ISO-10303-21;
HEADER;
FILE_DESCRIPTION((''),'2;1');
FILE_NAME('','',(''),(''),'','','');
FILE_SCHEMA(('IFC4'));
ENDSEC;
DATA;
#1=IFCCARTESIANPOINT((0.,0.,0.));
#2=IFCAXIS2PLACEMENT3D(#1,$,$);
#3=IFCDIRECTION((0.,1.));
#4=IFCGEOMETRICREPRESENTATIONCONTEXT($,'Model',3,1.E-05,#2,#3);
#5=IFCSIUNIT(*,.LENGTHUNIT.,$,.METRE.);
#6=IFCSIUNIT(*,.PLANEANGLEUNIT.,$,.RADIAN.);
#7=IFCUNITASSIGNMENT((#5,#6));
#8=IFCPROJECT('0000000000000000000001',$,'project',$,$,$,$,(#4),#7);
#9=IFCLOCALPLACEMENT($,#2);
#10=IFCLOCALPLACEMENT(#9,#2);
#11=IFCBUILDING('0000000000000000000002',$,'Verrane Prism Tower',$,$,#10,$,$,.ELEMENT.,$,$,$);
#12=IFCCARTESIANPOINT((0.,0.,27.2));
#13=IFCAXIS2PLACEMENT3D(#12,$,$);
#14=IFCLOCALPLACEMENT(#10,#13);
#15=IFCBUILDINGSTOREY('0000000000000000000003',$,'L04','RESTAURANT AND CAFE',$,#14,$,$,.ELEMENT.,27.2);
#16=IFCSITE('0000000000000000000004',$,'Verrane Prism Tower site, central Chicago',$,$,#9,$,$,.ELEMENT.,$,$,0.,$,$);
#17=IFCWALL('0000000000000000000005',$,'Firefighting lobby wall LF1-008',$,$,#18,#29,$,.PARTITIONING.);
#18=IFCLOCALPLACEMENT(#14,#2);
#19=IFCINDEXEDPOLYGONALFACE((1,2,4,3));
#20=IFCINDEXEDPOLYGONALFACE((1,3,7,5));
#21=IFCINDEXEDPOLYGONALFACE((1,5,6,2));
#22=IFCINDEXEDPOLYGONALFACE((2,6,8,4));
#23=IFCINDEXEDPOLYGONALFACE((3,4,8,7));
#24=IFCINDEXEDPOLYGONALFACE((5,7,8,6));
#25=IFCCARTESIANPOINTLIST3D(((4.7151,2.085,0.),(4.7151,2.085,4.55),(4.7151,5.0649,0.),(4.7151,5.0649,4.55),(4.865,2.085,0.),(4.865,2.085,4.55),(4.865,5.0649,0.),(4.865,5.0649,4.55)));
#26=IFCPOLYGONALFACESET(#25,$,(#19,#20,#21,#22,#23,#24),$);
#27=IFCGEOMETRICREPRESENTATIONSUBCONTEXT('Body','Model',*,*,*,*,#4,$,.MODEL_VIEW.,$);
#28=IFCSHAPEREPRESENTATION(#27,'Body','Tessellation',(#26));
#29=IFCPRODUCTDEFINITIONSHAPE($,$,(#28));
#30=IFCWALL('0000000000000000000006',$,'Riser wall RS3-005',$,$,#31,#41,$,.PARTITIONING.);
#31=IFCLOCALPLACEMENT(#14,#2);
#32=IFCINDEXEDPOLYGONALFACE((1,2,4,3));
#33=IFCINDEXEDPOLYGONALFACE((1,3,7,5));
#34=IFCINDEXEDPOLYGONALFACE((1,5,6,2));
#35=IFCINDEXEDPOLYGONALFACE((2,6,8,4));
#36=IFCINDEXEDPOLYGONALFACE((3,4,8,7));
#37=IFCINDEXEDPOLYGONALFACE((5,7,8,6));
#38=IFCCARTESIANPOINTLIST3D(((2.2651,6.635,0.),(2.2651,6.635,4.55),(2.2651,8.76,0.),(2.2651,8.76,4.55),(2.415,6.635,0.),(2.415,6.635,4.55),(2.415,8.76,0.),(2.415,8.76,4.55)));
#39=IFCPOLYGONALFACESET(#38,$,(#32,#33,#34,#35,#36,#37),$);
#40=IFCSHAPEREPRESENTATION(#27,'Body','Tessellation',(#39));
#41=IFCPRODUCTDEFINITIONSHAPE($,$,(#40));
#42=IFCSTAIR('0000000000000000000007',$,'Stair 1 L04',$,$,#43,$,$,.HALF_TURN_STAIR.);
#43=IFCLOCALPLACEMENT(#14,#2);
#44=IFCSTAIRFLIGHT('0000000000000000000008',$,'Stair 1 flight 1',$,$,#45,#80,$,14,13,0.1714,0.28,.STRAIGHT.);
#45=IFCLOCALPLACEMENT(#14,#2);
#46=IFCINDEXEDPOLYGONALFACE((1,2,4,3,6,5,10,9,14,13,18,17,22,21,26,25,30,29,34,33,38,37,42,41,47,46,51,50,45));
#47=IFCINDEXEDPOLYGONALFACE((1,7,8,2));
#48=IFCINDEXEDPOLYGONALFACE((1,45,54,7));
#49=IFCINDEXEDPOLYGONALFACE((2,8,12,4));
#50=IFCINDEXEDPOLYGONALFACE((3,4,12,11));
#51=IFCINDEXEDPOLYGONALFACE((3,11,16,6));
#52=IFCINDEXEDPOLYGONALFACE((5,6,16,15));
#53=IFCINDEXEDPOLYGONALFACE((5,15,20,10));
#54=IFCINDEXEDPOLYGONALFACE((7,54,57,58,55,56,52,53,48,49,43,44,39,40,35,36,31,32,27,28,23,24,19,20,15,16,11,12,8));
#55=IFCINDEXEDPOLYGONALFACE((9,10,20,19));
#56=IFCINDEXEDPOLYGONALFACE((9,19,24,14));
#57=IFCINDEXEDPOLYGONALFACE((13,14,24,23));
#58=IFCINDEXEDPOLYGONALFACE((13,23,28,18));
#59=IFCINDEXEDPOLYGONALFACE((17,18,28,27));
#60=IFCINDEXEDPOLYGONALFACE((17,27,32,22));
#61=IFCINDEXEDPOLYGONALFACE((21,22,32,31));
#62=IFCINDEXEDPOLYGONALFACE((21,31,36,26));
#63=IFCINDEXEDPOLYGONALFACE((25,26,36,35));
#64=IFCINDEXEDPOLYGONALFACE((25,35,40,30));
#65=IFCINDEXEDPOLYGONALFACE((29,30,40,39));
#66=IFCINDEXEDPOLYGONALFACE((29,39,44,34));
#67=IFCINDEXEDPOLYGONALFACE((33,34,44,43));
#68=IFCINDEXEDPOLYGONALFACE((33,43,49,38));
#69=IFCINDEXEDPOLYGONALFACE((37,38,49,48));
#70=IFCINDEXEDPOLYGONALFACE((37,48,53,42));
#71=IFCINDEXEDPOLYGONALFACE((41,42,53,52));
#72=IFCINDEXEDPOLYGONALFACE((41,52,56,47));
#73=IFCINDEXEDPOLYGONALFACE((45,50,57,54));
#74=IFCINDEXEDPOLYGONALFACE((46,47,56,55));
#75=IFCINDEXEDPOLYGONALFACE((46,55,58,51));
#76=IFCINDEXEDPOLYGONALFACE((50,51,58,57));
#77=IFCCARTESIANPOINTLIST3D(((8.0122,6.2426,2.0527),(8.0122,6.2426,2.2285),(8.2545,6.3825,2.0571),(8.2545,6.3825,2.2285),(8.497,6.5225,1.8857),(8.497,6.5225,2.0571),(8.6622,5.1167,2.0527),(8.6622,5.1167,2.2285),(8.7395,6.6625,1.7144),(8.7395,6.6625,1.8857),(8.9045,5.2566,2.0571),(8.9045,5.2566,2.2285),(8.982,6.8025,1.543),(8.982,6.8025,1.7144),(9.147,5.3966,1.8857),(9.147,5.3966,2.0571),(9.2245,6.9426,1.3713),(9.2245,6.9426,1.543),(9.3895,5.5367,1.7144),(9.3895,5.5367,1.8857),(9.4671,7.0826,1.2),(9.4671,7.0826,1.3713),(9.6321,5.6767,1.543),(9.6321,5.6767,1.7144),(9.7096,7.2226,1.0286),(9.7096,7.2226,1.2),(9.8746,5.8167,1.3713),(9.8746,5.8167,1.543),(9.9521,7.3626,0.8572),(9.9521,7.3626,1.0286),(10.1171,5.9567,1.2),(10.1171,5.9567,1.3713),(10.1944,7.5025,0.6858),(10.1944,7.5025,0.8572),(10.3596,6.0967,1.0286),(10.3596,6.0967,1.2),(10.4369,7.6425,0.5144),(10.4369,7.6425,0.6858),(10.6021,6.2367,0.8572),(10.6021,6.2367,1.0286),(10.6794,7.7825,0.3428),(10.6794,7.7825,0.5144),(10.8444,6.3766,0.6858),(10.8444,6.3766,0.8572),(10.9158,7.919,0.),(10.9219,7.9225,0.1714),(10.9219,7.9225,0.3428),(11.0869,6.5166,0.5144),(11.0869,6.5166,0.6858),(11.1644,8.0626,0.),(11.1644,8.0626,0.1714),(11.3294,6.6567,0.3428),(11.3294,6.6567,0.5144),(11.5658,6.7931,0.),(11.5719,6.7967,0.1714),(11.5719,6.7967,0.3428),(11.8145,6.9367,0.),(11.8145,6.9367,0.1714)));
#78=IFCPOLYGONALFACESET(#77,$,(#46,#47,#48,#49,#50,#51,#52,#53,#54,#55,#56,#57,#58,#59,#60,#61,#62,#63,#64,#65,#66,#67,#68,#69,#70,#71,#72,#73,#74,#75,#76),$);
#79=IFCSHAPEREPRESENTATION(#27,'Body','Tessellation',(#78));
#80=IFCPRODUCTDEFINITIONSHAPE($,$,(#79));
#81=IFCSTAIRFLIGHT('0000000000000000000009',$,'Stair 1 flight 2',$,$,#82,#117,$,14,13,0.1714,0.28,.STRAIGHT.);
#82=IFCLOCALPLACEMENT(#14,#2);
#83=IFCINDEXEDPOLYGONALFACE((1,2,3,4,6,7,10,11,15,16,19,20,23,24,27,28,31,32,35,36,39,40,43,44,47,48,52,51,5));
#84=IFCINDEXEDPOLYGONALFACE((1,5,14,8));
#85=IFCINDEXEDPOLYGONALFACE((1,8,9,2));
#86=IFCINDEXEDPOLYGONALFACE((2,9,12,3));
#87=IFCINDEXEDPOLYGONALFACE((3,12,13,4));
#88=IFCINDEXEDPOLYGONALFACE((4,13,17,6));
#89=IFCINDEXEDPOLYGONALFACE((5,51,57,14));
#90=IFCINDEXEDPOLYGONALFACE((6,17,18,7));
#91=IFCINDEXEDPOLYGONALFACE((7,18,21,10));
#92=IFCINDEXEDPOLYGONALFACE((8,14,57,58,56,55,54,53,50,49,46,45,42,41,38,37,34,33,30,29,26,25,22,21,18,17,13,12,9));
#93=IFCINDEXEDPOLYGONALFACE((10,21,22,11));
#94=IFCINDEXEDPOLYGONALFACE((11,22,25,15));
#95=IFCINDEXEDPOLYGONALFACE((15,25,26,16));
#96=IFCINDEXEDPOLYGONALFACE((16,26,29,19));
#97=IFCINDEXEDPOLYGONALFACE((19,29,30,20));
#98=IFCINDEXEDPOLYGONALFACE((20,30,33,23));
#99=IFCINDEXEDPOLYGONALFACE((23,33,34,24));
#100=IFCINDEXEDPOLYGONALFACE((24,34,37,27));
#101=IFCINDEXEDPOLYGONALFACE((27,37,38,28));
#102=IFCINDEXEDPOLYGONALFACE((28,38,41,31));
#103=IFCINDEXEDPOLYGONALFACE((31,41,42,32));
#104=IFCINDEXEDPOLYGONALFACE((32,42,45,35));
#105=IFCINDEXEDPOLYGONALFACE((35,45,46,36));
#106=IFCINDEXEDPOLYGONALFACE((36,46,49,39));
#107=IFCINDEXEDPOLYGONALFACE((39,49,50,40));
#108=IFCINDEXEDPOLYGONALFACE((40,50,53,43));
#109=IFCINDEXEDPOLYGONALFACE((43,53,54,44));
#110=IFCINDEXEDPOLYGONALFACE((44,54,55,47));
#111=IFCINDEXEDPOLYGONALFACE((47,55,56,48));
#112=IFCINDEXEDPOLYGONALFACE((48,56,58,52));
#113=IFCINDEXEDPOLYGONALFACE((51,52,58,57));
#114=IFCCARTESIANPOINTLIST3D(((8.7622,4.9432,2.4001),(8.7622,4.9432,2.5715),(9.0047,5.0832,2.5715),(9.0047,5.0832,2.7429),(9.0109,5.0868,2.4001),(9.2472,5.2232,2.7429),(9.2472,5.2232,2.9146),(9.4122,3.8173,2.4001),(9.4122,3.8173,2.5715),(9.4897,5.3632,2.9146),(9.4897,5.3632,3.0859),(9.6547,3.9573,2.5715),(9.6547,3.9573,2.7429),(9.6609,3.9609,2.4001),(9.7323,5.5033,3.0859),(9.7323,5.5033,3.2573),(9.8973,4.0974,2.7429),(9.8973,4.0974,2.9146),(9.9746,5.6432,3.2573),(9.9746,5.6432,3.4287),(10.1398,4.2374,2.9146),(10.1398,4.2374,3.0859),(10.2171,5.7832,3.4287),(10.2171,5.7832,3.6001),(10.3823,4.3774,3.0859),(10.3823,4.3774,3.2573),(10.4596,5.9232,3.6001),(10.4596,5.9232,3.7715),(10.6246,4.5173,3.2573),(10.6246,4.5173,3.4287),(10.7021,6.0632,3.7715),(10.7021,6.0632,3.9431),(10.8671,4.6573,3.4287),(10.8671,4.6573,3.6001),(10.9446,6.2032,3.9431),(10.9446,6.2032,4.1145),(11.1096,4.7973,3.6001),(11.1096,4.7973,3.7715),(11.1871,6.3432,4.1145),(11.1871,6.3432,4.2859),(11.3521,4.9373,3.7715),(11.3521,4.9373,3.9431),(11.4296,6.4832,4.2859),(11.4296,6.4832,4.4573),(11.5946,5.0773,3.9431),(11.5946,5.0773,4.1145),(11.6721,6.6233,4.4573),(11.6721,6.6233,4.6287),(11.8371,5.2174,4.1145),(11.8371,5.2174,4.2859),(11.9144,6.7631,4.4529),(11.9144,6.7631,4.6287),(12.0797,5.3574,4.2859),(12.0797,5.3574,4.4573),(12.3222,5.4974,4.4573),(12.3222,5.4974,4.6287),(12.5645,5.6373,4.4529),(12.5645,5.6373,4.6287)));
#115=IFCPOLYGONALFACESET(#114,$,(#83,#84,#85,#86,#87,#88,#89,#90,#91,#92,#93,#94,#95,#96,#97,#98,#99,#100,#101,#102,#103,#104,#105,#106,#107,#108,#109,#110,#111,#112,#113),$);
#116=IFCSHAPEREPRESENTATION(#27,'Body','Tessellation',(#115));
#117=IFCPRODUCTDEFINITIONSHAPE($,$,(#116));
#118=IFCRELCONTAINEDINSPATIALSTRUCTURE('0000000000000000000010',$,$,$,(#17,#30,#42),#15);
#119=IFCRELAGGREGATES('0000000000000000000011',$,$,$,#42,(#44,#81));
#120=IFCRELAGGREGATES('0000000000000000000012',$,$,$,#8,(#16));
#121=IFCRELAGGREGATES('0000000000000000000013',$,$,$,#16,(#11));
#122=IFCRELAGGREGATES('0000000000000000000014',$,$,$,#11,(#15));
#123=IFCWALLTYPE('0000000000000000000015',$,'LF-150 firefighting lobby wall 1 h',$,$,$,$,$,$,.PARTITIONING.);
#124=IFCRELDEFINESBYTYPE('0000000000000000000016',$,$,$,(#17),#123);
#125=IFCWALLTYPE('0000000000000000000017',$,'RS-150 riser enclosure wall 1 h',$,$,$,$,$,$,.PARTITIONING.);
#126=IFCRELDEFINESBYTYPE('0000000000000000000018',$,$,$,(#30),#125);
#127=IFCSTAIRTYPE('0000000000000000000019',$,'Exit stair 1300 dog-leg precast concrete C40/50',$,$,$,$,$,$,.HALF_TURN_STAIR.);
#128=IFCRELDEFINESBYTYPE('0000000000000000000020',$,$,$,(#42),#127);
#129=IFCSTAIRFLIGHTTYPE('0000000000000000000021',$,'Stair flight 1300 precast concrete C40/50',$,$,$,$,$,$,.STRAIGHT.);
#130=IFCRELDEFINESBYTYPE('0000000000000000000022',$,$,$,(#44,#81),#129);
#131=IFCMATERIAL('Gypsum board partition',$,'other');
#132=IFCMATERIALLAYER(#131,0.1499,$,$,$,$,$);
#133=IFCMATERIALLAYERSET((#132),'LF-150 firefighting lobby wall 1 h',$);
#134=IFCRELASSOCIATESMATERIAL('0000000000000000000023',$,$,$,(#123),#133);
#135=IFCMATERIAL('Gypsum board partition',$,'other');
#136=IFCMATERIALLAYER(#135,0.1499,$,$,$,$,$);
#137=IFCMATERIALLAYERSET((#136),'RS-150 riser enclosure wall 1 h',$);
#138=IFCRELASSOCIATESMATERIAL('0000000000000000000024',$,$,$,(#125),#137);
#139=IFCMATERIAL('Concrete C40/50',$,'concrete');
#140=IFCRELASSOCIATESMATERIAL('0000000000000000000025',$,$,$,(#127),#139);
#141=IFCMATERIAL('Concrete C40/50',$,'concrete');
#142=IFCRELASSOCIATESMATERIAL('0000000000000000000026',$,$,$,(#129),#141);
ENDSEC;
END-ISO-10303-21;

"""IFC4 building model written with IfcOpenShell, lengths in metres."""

from ifc_helpers import new_model, si_unit, direction, frame, frame_2d, origin, place, context, subcontext, project, spatial, polyline, rectangle, outline, extrude, material, layer, layer_set, type_object, element, aggregate, save


model = new_model("IFC4")

# Units and contexts
model_context = context("Model", 3, precision=1e-05, world=origin(), true_north=direction((0.0, 1.0)))
body_context = subcontext(model_context, "Body", "Model", "MODEL_VIEW")
ifc_project = project(units=[si_unit("LENGTHUNIT", "METRE"), si_unit("PLANEANGLEUNIT", "RADIAN")], contexts=[model_context])

# Site, building, storey
site_placement = place(None, origin())
site = spatial("IfcSite", under=ifc_project, at=site_placement, Name="Verrane Prism Tower site, central Chicago", CompositionType="ELEMENT", RefElevation=0.0)
building_placement = place(site_placement, origin())
building = spatial("IfcBuilding", under=site, at=building_placement, Name="Verrane Prism Tower", CompositionType="ELEMENT")
storey_placement = place(building_placement, frame((0.0, 0.0, 27.2)))
storey = spatial("IfcBuildingStorey", under=building, at=storey_placement, Name="L04", Description="RESTAURANT AND CAFE", CompositionType="ELEMENT", Elevation=27.2)

# Walls
ifc_material_1 = material(Name="Gypsum board partition", Category="other")
ifc_layer_1 = layer(ifc_material_1, 0.1499)
ifc_layer_set_1 = layer_set([ifc_layer_1], Name="LF-150 firefighting lobby wall 1 h")
wall_type_1 = type_object("IfcWallType", Name="LF-150 firefighting lobby wall 1 h", PredefinedType="PARTITIONING", material=ifc_layer_set_1)
wall_1_placement = place(storey_placement, frame((4.79, 2.085, 0.0), z_axis=(0.0, 0.0, 1.0), x_axis=(0.0, 1.0, 0.0)))
element("IfcWall", 1, at=wall_1_placement, inside=storey, type_object=wall_type_1, Name="Firefighting lobby wall LF1-008", PredefinedType="PARTITIONING", context=body_context, shape_type="SweptSolid", body=[
    extrude(rectangle(XDim=2.98, YDim=0.1499, at=frame_2d((1.49, 0.0))), origin(), (0.0, 0.0, 1.0), 4.55),
])
ifc_material_2 = material(Name="Gypsum board partition", Category="other")
ifc_layer_2 = layer(ifc_material_2, 0.1499)
ifc_layer_set_2 = layer_set([ifc_layer_2], Name="RS-150 riser enclosure wall 1 h")
wall_type_2 = type_object("IfcWallType", Name="RS-150 riser enclosure wall 1 h", PredefinedType="PARTITIONING", material=ifc_layer_set_2)
wall_2_placement = place(storey_placement, frame((2.3401, 6.635, 0.0), z_axis=(0.0, 0.0, 1.0), x_axis=(0.0, 1.0, 0.0)))
element("IfcWall", 2, at=wall_2_placement, inside=storey, type_object=wall_type_2, Name="Riser wall RS3-005", PredefinedType="PARTITIONING", context=body_context, shape_type="SweptSolid", body=[
    extrude(rectangle(XDim=2.125, YDim=0.1499, at=frame_2d((1.0625, 0.0))), origin(), (0.0, 0.0, 1.0), 4.55),
])

# Stair, stair flights
ifc_material_3 = material(Name="Concrete C40/50", Category="concrete")
stair_type = type_object("IfcStairType", Name="Exit stair 1300 dog-leg precast concrete C40/50", PredefinedType="HALF_TURN_STAIR", material=ifc_material_3)
stair_placement = place(storey_placement, origin())
stair = element("IfcStair", 3, at=stair_placement, inside=storey, type_object=stair_type, Name="Stair 1 L04", PredefinedType="HALF_TURN_STAIR")
ifc_material_4 = material(Name="Concrete C40/50", Category="concrete")
stair_flight_type = type_object("IfcStairFlightType", Name="Stair flight 1300 precast concrete C40/50", PredefinedType="STRAIGHT", material=ifc_material_4)
stair_flight_1_placement = place(storey_placement, frame((11.4895, 7.4995, 0.0), z_axis=(0.0, 0.0, 1.0), x_axis=(-0.866025, -0.5, 0.0)))
stair_flight_1 = element("IfcStairFlight", 4, at=stair_flight_1_placement, type_object=stair_flight_type, Name="Stair 1 flight 1", NumberOfRisers=14, NumberOfTreads=13, PredefinedType="STRAIGHT", RiserHeight=0.1714, TreadLength=0.28, context=body_context, shape_type="SweptSolid", body=[
    extrude(outline(polyline([(0.0, 0.0), (0.0, 0.1714), (0.28, 0.1714), (0.28, 0.3428), (0.5601, 0.3428), (0.5601, 0.5144), (0.8401, 0.5144), (0.8401, 0.6858), (1.1201, 0.6858), (1.1201, 0.8572), (1.3999, 0.8572), (1.3999, 1.0286), (1.6799, 1.0286), (1.6799, 1.2), (1.96, 1.2), (1.96, 1.3713), (2.24, 1.3713), (2.24, 1.543), (2.52, 1.543), (2.52, 1.7144), (2.8, 1.7144), (2.8, 1.8857), (3.0801, 1.8857), (3.0801, 2.0571), (3.3601, 2.0571), (3.3601, 2.2285), (3.6399, 2.2285), (3.6399, 2.3999), (3.6399, 2.0527), (0.2871, 0.0), (0.0, 0.0)])), frame((0.0, 0.6499, 0.0), z_axis=(0.0, -1.0, 0.0), x_axis=(1.0, 0.0, 0.0)), (0.0, 0.0, 1.0), 1.3),
])
stair_flight_2_placement = place(storey_placement, frame((9.0872, 4.3804, 2.4001), z_axis=(0.0, 0.0, 1.0), x_axis=(0.866025, 0.5, 0.0)))
stair_flight_2 = element("IfcStairFlight", 5, at=stair_flight_2_placement, type_object=stair_flight_type, Name="Stair 1 flight 2", NumberOfRisers=14, NumberOfTreads=13, PredefinedType="STRAIGHT", RiserHeight=0.1714, TreadLength=0.28, context=body_context, shape_type="SweptSolid", body=[
    extrude(outline(polyline([(0.0, 0.0), (0.0, 0.1714), (0.28, 0.1714), (0.28, 0.3428), (0.5601, 0.3428), (0.5601, 0.5144), (0.8401, 0.5144), (0.8401, 0.6858), (1.1201, 0.6858), (1.1201, 0.8572), (1.3999, 0.8572), (1.3999, 1.0286), (1.6799, 1.0286), (1.6799, 1.2), (1.96, 1.2), (1.96, 1.3713), (2.24, 1.3713), (2.24, 1.543), (2.52, 1.543), (2.52, 1.7144), (2.8, 1.7144), (2.8, 1.8857), (3.0801, 1.8857), (3.0801, 2.0571), (3.3601, 2.0571), (3.3601, 2.2285), (3.6399, 2.2285), (3.6399, 2.3999), (3.6399, 2.0527), (0.2871, 0.0), (0.0, 0.0)])), frame((0.0, 0.6499, 0.0), z_axis=(0.0, -1.0, 0.0), x_axis=(1.0, 0.0, 0.0)), (0.0, 0.0, 1.0), 1.3),
])
aggregate(stair, [stair_flight_1, stair_flight_2])

save(model, "model.ifc")
